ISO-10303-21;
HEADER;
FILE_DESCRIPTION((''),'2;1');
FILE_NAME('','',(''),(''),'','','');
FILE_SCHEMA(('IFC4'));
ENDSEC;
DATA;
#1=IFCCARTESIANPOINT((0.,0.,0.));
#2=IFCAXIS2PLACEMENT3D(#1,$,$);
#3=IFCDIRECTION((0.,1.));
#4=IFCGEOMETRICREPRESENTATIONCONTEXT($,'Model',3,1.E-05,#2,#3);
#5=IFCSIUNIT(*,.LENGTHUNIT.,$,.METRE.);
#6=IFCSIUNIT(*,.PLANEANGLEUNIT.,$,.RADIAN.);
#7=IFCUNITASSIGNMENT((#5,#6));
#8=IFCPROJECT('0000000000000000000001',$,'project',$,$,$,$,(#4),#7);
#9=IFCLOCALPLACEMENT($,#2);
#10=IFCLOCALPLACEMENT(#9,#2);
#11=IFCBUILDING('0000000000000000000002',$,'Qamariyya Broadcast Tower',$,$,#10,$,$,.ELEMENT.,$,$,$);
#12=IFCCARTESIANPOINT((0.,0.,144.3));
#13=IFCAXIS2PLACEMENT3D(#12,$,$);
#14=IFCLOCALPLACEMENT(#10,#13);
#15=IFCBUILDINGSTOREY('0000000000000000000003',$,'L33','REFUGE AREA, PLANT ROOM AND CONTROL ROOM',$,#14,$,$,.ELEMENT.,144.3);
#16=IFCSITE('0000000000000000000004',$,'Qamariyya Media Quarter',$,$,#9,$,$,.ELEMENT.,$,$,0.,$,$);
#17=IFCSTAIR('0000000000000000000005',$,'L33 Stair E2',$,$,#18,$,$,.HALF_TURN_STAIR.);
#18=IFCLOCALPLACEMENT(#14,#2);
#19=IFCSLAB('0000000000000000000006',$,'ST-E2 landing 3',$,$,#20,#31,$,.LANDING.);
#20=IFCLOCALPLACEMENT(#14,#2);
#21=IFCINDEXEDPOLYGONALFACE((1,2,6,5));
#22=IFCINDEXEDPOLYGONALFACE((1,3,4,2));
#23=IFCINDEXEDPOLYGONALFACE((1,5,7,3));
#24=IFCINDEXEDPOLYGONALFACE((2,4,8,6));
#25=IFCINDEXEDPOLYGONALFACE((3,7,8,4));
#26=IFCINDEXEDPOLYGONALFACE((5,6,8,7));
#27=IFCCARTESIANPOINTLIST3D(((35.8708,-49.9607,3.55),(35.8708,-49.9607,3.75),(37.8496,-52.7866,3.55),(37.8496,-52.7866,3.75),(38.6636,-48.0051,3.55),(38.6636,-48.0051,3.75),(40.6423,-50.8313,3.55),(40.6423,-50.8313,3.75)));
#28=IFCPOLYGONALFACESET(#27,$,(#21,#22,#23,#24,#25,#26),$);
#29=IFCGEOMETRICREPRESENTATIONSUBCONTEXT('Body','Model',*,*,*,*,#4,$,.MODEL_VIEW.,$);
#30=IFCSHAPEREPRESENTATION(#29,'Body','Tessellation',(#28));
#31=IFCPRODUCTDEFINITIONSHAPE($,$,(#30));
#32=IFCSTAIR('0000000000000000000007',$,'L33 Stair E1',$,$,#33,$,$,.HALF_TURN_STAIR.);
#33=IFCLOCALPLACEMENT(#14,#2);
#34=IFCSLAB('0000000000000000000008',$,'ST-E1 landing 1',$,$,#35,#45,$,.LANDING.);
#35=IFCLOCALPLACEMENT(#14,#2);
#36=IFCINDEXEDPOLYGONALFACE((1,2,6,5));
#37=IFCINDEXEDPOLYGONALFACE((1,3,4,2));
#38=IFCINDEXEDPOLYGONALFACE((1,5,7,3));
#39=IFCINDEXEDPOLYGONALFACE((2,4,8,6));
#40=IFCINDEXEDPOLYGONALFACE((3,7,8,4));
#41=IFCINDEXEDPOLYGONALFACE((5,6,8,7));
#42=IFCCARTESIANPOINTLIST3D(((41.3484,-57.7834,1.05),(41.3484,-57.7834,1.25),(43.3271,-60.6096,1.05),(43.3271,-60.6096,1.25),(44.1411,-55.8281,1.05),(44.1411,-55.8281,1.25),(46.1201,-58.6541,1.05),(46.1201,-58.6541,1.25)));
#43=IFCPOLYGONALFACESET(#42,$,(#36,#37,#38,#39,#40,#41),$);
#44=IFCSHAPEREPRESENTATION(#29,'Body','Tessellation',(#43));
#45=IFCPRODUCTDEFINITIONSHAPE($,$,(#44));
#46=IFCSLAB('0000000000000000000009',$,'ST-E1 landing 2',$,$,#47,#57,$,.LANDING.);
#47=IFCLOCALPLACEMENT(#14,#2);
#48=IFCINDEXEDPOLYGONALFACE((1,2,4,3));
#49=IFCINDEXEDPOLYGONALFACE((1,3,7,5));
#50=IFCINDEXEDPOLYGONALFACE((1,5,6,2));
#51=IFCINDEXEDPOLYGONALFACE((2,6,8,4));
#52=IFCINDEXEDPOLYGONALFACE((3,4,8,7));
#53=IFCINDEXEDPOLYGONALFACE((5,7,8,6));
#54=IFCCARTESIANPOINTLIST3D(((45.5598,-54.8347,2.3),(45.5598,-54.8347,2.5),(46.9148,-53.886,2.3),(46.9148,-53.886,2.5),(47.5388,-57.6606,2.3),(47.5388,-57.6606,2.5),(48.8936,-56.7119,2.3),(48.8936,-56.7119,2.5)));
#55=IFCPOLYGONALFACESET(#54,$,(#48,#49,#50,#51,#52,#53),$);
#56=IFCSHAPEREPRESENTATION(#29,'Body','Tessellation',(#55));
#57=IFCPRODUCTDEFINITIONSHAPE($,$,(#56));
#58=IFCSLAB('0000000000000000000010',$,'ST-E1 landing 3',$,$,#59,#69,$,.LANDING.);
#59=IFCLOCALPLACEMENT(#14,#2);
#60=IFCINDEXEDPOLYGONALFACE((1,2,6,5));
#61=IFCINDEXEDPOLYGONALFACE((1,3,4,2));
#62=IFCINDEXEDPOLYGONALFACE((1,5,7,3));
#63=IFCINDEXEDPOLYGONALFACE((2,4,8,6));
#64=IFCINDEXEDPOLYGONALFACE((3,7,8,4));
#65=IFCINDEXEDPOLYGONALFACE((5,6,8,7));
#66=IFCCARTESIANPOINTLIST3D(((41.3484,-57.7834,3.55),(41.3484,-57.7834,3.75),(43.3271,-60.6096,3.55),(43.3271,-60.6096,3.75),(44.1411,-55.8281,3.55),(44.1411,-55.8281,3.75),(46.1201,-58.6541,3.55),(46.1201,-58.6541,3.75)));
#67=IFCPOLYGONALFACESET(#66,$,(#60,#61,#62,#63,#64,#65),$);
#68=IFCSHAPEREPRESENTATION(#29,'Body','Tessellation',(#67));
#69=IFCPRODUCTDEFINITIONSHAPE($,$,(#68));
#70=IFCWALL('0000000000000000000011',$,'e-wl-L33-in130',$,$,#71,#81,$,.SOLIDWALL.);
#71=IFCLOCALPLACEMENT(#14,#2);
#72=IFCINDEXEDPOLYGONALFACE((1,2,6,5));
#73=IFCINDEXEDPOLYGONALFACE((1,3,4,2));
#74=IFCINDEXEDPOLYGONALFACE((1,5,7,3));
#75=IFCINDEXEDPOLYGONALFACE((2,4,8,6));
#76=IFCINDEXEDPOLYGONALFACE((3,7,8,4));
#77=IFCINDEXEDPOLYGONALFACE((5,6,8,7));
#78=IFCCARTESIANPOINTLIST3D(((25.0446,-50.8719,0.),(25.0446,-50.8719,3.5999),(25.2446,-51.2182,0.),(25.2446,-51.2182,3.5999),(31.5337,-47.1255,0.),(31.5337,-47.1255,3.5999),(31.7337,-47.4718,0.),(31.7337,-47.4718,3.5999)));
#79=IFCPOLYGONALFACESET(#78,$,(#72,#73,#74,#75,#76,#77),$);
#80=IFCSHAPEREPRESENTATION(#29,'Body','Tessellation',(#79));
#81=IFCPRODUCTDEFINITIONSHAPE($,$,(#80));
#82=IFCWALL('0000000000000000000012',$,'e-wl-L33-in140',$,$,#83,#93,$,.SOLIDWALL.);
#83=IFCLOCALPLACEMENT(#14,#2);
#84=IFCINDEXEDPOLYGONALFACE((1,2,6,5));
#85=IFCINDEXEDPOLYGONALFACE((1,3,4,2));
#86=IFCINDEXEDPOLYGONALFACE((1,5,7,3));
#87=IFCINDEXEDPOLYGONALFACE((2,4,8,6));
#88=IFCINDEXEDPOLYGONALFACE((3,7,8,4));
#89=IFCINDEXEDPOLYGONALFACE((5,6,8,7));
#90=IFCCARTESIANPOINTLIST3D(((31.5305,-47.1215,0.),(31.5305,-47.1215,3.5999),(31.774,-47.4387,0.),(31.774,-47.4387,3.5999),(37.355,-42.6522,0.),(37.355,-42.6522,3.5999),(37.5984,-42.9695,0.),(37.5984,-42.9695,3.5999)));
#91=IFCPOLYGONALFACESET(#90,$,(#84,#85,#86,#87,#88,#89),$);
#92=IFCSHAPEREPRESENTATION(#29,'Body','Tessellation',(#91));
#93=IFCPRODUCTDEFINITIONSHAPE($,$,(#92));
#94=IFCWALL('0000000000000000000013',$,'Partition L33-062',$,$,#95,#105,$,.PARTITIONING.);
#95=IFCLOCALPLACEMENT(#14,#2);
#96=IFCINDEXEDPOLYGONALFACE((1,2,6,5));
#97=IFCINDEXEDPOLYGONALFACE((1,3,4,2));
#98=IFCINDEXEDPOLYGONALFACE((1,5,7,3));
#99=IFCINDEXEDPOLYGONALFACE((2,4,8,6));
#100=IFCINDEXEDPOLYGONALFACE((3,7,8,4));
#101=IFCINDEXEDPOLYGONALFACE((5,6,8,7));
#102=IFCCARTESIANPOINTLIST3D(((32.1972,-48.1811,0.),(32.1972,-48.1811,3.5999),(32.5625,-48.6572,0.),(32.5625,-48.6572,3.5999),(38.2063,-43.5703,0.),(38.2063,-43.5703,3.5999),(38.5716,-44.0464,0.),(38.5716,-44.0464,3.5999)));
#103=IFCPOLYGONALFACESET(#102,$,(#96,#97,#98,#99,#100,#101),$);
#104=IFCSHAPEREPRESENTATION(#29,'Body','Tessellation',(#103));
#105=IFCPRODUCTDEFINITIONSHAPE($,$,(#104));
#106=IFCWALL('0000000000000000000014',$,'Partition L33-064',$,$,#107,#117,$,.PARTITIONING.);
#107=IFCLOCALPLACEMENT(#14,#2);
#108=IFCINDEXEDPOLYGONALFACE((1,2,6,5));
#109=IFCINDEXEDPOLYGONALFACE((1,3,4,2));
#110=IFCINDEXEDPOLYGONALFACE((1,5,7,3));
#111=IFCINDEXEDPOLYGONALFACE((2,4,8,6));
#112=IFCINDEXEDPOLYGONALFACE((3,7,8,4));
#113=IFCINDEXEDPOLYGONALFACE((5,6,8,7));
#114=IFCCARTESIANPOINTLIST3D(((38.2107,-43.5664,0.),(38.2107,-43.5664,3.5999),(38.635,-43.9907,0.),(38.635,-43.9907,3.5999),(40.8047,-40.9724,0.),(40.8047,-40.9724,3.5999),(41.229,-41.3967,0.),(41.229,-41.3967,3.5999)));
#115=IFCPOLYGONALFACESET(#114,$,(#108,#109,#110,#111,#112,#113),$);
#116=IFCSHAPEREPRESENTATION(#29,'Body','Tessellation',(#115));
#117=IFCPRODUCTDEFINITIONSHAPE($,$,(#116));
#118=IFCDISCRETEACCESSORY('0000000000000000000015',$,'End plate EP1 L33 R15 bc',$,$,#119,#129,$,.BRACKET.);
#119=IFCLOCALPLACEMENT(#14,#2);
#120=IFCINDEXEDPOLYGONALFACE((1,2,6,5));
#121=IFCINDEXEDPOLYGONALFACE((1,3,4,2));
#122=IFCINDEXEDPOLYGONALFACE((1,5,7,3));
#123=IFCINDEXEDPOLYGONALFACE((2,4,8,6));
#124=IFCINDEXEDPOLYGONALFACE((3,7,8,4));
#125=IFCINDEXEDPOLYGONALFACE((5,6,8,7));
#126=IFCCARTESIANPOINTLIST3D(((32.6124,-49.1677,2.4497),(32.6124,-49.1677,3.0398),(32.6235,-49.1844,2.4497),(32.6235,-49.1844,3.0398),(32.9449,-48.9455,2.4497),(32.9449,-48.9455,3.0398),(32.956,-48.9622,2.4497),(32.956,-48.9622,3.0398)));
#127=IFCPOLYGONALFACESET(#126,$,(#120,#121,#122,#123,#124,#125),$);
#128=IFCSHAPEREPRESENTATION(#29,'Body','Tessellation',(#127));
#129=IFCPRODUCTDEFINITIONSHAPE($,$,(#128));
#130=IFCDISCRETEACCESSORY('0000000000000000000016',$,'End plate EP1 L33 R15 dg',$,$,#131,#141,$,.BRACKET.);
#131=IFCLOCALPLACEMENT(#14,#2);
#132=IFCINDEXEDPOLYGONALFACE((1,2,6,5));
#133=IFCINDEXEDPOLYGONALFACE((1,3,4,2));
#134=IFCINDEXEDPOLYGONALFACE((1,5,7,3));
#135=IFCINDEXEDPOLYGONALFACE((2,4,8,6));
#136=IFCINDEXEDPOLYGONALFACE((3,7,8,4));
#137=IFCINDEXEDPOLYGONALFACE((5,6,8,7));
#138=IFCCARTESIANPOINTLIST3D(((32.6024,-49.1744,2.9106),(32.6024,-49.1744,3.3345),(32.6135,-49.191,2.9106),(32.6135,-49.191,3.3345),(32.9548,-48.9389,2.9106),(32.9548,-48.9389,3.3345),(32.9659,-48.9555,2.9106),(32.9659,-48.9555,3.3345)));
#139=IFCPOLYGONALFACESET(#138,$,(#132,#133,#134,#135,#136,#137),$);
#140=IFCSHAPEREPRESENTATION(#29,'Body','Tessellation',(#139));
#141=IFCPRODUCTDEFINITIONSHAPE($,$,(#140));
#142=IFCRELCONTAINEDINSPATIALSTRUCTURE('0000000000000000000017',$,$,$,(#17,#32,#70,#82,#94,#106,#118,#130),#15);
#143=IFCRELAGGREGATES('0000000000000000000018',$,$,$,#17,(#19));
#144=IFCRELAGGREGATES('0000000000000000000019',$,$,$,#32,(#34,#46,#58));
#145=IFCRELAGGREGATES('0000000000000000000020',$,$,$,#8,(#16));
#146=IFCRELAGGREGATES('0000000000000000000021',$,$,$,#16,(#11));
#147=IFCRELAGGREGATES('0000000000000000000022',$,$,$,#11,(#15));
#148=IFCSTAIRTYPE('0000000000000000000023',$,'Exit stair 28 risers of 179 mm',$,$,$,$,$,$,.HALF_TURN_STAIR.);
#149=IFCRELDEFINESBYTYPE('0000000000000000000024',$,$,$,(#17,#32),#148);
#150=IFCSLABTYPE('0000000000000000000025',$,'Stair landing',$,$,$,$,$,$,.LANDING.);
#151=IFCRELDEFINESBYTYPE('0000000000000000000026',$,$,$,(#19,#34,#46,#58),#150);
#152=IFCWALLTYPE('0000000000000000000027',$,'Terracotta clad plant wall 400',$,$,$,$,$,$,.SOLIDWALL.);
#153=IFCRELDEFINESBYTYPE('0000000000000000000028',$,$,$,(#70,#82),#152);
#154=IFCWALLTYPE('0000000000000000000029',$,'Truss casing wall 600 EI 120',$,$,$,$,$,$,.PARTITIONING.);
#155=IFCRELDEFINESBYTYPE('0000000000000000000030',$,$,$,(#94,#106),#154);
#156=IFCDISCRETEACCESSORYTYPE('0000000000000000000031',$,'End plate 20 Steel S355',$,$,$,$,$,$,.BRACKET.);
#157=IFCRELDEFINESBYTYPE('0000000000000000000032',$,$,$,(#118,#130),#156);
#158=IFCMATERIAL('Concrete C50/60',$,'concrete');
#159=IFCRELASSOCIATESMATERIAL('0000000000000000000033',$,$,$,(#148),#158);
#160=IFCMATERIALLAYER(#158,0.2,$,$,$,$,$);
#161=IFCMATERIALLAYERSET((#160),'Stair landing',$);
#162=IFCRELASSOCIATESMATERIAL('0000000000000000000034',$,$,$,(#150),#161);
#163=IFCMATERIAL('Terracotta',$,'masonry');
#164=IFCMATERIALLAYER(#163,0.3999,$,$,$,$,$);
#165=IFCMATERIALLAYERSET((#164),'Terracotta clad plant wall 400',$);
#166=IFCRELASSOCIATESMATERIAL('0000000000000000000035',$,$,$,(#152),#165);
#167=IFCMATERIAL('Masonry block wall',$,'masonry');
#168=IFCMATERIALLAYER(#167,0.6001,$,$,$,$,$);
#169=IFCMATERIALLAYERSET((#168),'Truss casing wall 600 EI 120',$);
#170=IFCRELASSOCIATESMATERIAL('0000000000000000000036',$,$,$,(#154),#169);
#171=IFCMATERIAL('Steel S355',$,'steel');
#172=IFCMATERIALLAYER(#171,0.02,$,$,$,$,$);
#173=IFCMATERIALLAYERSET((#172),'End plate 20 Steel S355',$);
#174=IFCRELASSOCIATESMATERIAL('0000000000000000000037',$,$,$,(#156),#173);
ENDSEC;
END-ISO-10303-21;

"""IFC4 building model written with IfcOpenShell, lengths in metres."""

from ifc_helpers import new_model, si_unit, direction, frame, frame_2d, origin, origin_2d, place, context, subcontext, project, spatial, polyline, rectangle, outline, extrude, material, layer, layer_set, type_object, element, aggregate, save


model = new_model("IFC4")

# Units and contexts
model_context = context("Model", 3, precision=1e-05, world=origin(), true_north=direction((0.0, 1.0)))
body_context = subcontext(model_context, "Body", "Model", "MODEL_VIEW")
ifc_project = project(units=[si_unit("LENGTHUNIT", "METRE"), si_unit("PLANEANGLEUNIT", "RADIAN")], contexts=[model_context])

# Site, building, storey
site_placement = place(None, origin())
site = spatial("IfcSite", under=ifc_project, at=site_placement, Name="Qamariyya Media Quarter", CompositionType="ELEMENT", RefElevation=0.0)
building_placement = place(site_placement, origin())
building = spatial("IfcBuilding", under=site, at=building_placement, Name="Qamariyya Broadcast Tower", CompositionType="ELEMENT")
storey_placement = place(building_placement, frame((0.0, 0.0, 144.3)))
storey = spatial("IfcBuildingStorey", under=building, at=storey_placement, Name="L33", Description="REFUGE AREA, PLANT ROOM AND CONTROL ROOM", CompositionType="ELEMENT", Elevation=144.3)

# Shared definitions
ifc_material_1 = material(Name="Concrete C50/60", Category="concrete")

# Shared definitions
ifc_material_2 = material(Name="Steel S355", Category="steel")

# Stairs, slabs
stair_type = type_object("IfcStairType", Name="Exit stair 28 risers of 179 mm", PredefinedType="HALF_TURN_STAIR", material=ifc_material_1)
ifc_layer_1 = layer(ifc_material_1, 0.2)
ifc_layer_set_1 = layer_set([ifc_layer_1], Name="Stair landing")
slab_type_1 = type_object("IfcSlabType", Name="Stair landing", PredefinedType="LANDING", material=ifc_layer_set_1)
stair_1_placement = place(storey_placement, origin())
stair_1 = element("IfcStair", 1, at=stair_1_placement, inside=storey, type_object=stair_type, Name="L33 Stair E2", PredefinedType="HALF_TURN_STAIR")
slab_1_placement = place(storey_placement, frame((0.0, 0.0, 3.55)))
slab_1 = element("IfcSlab", 2, at=slab_1_placement, type_object=slab_type_1, Name="ST-E2 landing 3", PredefinedType="LANDING", context=body_context, shape_type="SweptSolid", body=[
    extrude(outline(polyline([(38.6636, -48.0051), (35.8708, -49.9607), (37.8496, -52.7866), (40.6423, -50.8313), (38.6636, -48.0051)])), origin(), (0.0, 0.0, 1.0), 0.2),
])
aggregate(stair_1, [slab_1])
stair_2_placement = place(storey_placement, origin())
stair_2 = element("IfcStair", 3, at=stair_2_placement, inside=storey, type_object=stair_type, Name="L33 Stair E1", PredefinedType="HALF_TURN_STAIR")
slab_2_placement = place(storey_placement, frame((0.0, 0.0, 1.05)))
slab_2 = element("IfcSlab", 4, at=slab_2_placement, type_object=slab_type_1, Name="ST-E1 landing 1", PredefinedType="LANDING", context=body_context, shape_type="SweptSolid", body=[
    extrude(outline(polyline([(44.1411, -55.8281), (41.3484, -57.7834), (43.3271, -60.6096), (46.1201, -58.6541), (44.1411, -55.8281)])), origin(), (0.0, 0.0, 1.0), 0.2),
])
slab_3_placement = place(storey_placement, frame((0.0, 0.0, 2.3)))
slab_3 = element("IfcSlab", 5, at=slab_3_placement, type_object=slab_type_1, Name="ST-E1 landing 2", PredefinedType="LANDING", context=body_context, shape_type="SweptSolid", body=[
    extrude(outline(polyline([(46.9148, -53.886), (45.5598, -54.8347), (47.5388, -57.6606), (48.8936, -56.7119), (46.9148, -53.886)])), origin(), (0.0, 0.0, 1.0), 0.2),
])
slab_4_placement = place(storey_placement, frame((0.0, 0.0, 3.55)))
slab_4 = element("IfcSlab", 6, at=slab_4_placement, type_object=slab_type_1, Name="ST-E1 landing 3", PredefinedType="LANDING", context=body_context, shape_type="SweptSolid", body=[
    extrude(outline(polyline([(44.1411, -55.8281), (41.3484, -57.7834), (43.3271, -60.6096), (46.1201, -58.6541), (44.1411, -55.8281)])), origin(), (0.0, 0.0, 1.0), 0.2),
])
aggregate(stair_2, [slab_2, slab_3, slab_4])

# Walls
ifc_material_3 = material(Name="Terracotta", Category="masonry")
ifc_layer_2 = layer(ifc_material_3, 0.3999)
ifc_layer_set_2 = layer_set([ifc_layer_2], Name="Terracotta clad plant wall 400")
wall_type_1 = type_object("IfcWallType", Name="Terracotta clad plant wall 400", PredefinedType="SOLIDWALL", material=ifc_layer_set_2)
wall_1_placement = place(storey_placement, frame((31.6338, -47.2986, 0.0), z_axis=(0.0, 0.0, 1.0), x_axis=(-0.866031, -0.49999, 0.0)))
element("IfcWall", 7, at=wall_1_placement, inside=storey, type_object=wall_type_1, Name="e-wl-L33-in130", PredefinedType="SOLIDWALL", context=body_context, shape_type="SweptSolid", body=[
    extrude(rectangle(XDim=7.4929, YDim=0.3999, at=frame_2d((3.7466, 0.0))), origin(), (0.0, 0.0, 1.0), 3.5999),
])
wall_2_placement = place(storey_placement, frame((37.4768, -42.8108, 0.0), z_axis=(0.0, 0.0, 1.0), x_axis=(-0.793355, -0.608759, 0.0)))
element("IfcWall", 8, at=wall_2_placement, inside=storey, type_object=wall_type_1, Name="e-wl-L33-in140", PredefinedType="SOLIDWALL", context=body_context, shape_type="SweptSolid", body=[
    extrude(rectangle(XDim=7.3416, YDim=0.3999, at=frame_2d((3.6709, 0.0))), origin(), (0.0, 0.0, 1.0), 3.5999),
])
ifc_material_4 = material(Name="Masonry block wall", Category="masonry")
ifc_layer_3 = layer(ifc_material_4, 0.6001)
ifc_layer_set_3 = layer_set([ifc_layer_3], Name="Truss casing wall 600 EI 120")
wall_type_2 = type_object("IfcWallType", Name="Truss casing wall 600 EI 120", PredefinedType="PARTITIONING", material=ifc_layer_set_3)
wall_3_placement = place(storey_placement, frame((32.3799, -48.4192, 0.0), z_axis=(0.0, 0.0, 1.0), x_axis=(0.793357, 0.608757, 0.0)))
element("IfcWall", 9, at=wall_3_placement, inside=storey, type_object=wall_type_2, Name="Partition L33-062", PredefinedType="PARTITIONING", context=body_context, shape_type="SweptSolid", body=[
    extrude(rectangle(XDim=7.5742, YDim=0.6001, at=frame_2d((3.7871, 0.0))), origin(), (0.0, 0.0, 1.0), 3.5999),
])
wall_4_placement = place(storey_placement, frame((38.4229, -43.7786, 0.0), z_axis=(0.0, 0.0, 1.0), x_axis=(0.707107, 0.707107, 0.0)))
element("IfcWall", 10, at=wall_4_placement, inside=storey, type_object=wall_type_2, Name="Partition L33-064", PredefinedType="PARTITIONING", context=body_context, shape_type="SweptSolid", body=[
    extrude(rectangle(XDim=3.6685, YDim=0.6001, at=frame_2d((1.8342, 0.0))), origin(), (0.0, 0.0, 1.0), 3.5999),
])

# Discrete accessories
ifc_layer_4 = layer(ifc_material_2, 0.02)
ifc_layer_set_4 = layer_set([ifc_layer_4], Name="End plate 20 Steel S355")
discrete_accessory_type = type_object("IfcDiscreteAccessoryType", Name="End plate 20 Steel S355", PredefinedType="BRACKET", material=ifc_layer_set_4)
discrete_accessory_1_placement = place(storey_placement, frame((32.7842, -49.0649, 2.4497), z_axis=(0.0, 0.0, 1.0), x_axis=(-0.83147, -0.55557, 0.0)))
element("IfcDiscreteAccessory", 11, at=discrete_accessory_1_placement, inside=storey, type_object=discrete_accessory_type, Name="End plate EP1 L33 R15 bc", PredefinedType="BRACKET", context=body_context, shape_type="SweptSolid", body=[
    extrude(rectangle(XDim=0.3999, YDim=0.02, at=origin_2d()), origin(), (0.0, 0.0, 1.0), 0.5901),
])
discrete_accessory_2_placement = place(storey_placement, frame((32.7842, -49.0649, 2.9106), z_axis=(0.0, 0.0, 1.0), x_axis=(-0.83147, -0.55557, 0.0)))
element("IfcDiscreteAccessory", 12, at=discrete_accessory_2_placement, inside=storey, type_object=discrete_accessory_type, Name="End plate EP1 L33 R15 dg", PredefinedType="BRACKET", context=body_context, shape_type="SweptSolid", body=[
    extrude(rectangle(XDim=0.4238, YDim=0.02, at=origin_2d()), origin(), (0.0, 0.0, 1.0), 0.4238),
])

save(model, "model.ifc")
